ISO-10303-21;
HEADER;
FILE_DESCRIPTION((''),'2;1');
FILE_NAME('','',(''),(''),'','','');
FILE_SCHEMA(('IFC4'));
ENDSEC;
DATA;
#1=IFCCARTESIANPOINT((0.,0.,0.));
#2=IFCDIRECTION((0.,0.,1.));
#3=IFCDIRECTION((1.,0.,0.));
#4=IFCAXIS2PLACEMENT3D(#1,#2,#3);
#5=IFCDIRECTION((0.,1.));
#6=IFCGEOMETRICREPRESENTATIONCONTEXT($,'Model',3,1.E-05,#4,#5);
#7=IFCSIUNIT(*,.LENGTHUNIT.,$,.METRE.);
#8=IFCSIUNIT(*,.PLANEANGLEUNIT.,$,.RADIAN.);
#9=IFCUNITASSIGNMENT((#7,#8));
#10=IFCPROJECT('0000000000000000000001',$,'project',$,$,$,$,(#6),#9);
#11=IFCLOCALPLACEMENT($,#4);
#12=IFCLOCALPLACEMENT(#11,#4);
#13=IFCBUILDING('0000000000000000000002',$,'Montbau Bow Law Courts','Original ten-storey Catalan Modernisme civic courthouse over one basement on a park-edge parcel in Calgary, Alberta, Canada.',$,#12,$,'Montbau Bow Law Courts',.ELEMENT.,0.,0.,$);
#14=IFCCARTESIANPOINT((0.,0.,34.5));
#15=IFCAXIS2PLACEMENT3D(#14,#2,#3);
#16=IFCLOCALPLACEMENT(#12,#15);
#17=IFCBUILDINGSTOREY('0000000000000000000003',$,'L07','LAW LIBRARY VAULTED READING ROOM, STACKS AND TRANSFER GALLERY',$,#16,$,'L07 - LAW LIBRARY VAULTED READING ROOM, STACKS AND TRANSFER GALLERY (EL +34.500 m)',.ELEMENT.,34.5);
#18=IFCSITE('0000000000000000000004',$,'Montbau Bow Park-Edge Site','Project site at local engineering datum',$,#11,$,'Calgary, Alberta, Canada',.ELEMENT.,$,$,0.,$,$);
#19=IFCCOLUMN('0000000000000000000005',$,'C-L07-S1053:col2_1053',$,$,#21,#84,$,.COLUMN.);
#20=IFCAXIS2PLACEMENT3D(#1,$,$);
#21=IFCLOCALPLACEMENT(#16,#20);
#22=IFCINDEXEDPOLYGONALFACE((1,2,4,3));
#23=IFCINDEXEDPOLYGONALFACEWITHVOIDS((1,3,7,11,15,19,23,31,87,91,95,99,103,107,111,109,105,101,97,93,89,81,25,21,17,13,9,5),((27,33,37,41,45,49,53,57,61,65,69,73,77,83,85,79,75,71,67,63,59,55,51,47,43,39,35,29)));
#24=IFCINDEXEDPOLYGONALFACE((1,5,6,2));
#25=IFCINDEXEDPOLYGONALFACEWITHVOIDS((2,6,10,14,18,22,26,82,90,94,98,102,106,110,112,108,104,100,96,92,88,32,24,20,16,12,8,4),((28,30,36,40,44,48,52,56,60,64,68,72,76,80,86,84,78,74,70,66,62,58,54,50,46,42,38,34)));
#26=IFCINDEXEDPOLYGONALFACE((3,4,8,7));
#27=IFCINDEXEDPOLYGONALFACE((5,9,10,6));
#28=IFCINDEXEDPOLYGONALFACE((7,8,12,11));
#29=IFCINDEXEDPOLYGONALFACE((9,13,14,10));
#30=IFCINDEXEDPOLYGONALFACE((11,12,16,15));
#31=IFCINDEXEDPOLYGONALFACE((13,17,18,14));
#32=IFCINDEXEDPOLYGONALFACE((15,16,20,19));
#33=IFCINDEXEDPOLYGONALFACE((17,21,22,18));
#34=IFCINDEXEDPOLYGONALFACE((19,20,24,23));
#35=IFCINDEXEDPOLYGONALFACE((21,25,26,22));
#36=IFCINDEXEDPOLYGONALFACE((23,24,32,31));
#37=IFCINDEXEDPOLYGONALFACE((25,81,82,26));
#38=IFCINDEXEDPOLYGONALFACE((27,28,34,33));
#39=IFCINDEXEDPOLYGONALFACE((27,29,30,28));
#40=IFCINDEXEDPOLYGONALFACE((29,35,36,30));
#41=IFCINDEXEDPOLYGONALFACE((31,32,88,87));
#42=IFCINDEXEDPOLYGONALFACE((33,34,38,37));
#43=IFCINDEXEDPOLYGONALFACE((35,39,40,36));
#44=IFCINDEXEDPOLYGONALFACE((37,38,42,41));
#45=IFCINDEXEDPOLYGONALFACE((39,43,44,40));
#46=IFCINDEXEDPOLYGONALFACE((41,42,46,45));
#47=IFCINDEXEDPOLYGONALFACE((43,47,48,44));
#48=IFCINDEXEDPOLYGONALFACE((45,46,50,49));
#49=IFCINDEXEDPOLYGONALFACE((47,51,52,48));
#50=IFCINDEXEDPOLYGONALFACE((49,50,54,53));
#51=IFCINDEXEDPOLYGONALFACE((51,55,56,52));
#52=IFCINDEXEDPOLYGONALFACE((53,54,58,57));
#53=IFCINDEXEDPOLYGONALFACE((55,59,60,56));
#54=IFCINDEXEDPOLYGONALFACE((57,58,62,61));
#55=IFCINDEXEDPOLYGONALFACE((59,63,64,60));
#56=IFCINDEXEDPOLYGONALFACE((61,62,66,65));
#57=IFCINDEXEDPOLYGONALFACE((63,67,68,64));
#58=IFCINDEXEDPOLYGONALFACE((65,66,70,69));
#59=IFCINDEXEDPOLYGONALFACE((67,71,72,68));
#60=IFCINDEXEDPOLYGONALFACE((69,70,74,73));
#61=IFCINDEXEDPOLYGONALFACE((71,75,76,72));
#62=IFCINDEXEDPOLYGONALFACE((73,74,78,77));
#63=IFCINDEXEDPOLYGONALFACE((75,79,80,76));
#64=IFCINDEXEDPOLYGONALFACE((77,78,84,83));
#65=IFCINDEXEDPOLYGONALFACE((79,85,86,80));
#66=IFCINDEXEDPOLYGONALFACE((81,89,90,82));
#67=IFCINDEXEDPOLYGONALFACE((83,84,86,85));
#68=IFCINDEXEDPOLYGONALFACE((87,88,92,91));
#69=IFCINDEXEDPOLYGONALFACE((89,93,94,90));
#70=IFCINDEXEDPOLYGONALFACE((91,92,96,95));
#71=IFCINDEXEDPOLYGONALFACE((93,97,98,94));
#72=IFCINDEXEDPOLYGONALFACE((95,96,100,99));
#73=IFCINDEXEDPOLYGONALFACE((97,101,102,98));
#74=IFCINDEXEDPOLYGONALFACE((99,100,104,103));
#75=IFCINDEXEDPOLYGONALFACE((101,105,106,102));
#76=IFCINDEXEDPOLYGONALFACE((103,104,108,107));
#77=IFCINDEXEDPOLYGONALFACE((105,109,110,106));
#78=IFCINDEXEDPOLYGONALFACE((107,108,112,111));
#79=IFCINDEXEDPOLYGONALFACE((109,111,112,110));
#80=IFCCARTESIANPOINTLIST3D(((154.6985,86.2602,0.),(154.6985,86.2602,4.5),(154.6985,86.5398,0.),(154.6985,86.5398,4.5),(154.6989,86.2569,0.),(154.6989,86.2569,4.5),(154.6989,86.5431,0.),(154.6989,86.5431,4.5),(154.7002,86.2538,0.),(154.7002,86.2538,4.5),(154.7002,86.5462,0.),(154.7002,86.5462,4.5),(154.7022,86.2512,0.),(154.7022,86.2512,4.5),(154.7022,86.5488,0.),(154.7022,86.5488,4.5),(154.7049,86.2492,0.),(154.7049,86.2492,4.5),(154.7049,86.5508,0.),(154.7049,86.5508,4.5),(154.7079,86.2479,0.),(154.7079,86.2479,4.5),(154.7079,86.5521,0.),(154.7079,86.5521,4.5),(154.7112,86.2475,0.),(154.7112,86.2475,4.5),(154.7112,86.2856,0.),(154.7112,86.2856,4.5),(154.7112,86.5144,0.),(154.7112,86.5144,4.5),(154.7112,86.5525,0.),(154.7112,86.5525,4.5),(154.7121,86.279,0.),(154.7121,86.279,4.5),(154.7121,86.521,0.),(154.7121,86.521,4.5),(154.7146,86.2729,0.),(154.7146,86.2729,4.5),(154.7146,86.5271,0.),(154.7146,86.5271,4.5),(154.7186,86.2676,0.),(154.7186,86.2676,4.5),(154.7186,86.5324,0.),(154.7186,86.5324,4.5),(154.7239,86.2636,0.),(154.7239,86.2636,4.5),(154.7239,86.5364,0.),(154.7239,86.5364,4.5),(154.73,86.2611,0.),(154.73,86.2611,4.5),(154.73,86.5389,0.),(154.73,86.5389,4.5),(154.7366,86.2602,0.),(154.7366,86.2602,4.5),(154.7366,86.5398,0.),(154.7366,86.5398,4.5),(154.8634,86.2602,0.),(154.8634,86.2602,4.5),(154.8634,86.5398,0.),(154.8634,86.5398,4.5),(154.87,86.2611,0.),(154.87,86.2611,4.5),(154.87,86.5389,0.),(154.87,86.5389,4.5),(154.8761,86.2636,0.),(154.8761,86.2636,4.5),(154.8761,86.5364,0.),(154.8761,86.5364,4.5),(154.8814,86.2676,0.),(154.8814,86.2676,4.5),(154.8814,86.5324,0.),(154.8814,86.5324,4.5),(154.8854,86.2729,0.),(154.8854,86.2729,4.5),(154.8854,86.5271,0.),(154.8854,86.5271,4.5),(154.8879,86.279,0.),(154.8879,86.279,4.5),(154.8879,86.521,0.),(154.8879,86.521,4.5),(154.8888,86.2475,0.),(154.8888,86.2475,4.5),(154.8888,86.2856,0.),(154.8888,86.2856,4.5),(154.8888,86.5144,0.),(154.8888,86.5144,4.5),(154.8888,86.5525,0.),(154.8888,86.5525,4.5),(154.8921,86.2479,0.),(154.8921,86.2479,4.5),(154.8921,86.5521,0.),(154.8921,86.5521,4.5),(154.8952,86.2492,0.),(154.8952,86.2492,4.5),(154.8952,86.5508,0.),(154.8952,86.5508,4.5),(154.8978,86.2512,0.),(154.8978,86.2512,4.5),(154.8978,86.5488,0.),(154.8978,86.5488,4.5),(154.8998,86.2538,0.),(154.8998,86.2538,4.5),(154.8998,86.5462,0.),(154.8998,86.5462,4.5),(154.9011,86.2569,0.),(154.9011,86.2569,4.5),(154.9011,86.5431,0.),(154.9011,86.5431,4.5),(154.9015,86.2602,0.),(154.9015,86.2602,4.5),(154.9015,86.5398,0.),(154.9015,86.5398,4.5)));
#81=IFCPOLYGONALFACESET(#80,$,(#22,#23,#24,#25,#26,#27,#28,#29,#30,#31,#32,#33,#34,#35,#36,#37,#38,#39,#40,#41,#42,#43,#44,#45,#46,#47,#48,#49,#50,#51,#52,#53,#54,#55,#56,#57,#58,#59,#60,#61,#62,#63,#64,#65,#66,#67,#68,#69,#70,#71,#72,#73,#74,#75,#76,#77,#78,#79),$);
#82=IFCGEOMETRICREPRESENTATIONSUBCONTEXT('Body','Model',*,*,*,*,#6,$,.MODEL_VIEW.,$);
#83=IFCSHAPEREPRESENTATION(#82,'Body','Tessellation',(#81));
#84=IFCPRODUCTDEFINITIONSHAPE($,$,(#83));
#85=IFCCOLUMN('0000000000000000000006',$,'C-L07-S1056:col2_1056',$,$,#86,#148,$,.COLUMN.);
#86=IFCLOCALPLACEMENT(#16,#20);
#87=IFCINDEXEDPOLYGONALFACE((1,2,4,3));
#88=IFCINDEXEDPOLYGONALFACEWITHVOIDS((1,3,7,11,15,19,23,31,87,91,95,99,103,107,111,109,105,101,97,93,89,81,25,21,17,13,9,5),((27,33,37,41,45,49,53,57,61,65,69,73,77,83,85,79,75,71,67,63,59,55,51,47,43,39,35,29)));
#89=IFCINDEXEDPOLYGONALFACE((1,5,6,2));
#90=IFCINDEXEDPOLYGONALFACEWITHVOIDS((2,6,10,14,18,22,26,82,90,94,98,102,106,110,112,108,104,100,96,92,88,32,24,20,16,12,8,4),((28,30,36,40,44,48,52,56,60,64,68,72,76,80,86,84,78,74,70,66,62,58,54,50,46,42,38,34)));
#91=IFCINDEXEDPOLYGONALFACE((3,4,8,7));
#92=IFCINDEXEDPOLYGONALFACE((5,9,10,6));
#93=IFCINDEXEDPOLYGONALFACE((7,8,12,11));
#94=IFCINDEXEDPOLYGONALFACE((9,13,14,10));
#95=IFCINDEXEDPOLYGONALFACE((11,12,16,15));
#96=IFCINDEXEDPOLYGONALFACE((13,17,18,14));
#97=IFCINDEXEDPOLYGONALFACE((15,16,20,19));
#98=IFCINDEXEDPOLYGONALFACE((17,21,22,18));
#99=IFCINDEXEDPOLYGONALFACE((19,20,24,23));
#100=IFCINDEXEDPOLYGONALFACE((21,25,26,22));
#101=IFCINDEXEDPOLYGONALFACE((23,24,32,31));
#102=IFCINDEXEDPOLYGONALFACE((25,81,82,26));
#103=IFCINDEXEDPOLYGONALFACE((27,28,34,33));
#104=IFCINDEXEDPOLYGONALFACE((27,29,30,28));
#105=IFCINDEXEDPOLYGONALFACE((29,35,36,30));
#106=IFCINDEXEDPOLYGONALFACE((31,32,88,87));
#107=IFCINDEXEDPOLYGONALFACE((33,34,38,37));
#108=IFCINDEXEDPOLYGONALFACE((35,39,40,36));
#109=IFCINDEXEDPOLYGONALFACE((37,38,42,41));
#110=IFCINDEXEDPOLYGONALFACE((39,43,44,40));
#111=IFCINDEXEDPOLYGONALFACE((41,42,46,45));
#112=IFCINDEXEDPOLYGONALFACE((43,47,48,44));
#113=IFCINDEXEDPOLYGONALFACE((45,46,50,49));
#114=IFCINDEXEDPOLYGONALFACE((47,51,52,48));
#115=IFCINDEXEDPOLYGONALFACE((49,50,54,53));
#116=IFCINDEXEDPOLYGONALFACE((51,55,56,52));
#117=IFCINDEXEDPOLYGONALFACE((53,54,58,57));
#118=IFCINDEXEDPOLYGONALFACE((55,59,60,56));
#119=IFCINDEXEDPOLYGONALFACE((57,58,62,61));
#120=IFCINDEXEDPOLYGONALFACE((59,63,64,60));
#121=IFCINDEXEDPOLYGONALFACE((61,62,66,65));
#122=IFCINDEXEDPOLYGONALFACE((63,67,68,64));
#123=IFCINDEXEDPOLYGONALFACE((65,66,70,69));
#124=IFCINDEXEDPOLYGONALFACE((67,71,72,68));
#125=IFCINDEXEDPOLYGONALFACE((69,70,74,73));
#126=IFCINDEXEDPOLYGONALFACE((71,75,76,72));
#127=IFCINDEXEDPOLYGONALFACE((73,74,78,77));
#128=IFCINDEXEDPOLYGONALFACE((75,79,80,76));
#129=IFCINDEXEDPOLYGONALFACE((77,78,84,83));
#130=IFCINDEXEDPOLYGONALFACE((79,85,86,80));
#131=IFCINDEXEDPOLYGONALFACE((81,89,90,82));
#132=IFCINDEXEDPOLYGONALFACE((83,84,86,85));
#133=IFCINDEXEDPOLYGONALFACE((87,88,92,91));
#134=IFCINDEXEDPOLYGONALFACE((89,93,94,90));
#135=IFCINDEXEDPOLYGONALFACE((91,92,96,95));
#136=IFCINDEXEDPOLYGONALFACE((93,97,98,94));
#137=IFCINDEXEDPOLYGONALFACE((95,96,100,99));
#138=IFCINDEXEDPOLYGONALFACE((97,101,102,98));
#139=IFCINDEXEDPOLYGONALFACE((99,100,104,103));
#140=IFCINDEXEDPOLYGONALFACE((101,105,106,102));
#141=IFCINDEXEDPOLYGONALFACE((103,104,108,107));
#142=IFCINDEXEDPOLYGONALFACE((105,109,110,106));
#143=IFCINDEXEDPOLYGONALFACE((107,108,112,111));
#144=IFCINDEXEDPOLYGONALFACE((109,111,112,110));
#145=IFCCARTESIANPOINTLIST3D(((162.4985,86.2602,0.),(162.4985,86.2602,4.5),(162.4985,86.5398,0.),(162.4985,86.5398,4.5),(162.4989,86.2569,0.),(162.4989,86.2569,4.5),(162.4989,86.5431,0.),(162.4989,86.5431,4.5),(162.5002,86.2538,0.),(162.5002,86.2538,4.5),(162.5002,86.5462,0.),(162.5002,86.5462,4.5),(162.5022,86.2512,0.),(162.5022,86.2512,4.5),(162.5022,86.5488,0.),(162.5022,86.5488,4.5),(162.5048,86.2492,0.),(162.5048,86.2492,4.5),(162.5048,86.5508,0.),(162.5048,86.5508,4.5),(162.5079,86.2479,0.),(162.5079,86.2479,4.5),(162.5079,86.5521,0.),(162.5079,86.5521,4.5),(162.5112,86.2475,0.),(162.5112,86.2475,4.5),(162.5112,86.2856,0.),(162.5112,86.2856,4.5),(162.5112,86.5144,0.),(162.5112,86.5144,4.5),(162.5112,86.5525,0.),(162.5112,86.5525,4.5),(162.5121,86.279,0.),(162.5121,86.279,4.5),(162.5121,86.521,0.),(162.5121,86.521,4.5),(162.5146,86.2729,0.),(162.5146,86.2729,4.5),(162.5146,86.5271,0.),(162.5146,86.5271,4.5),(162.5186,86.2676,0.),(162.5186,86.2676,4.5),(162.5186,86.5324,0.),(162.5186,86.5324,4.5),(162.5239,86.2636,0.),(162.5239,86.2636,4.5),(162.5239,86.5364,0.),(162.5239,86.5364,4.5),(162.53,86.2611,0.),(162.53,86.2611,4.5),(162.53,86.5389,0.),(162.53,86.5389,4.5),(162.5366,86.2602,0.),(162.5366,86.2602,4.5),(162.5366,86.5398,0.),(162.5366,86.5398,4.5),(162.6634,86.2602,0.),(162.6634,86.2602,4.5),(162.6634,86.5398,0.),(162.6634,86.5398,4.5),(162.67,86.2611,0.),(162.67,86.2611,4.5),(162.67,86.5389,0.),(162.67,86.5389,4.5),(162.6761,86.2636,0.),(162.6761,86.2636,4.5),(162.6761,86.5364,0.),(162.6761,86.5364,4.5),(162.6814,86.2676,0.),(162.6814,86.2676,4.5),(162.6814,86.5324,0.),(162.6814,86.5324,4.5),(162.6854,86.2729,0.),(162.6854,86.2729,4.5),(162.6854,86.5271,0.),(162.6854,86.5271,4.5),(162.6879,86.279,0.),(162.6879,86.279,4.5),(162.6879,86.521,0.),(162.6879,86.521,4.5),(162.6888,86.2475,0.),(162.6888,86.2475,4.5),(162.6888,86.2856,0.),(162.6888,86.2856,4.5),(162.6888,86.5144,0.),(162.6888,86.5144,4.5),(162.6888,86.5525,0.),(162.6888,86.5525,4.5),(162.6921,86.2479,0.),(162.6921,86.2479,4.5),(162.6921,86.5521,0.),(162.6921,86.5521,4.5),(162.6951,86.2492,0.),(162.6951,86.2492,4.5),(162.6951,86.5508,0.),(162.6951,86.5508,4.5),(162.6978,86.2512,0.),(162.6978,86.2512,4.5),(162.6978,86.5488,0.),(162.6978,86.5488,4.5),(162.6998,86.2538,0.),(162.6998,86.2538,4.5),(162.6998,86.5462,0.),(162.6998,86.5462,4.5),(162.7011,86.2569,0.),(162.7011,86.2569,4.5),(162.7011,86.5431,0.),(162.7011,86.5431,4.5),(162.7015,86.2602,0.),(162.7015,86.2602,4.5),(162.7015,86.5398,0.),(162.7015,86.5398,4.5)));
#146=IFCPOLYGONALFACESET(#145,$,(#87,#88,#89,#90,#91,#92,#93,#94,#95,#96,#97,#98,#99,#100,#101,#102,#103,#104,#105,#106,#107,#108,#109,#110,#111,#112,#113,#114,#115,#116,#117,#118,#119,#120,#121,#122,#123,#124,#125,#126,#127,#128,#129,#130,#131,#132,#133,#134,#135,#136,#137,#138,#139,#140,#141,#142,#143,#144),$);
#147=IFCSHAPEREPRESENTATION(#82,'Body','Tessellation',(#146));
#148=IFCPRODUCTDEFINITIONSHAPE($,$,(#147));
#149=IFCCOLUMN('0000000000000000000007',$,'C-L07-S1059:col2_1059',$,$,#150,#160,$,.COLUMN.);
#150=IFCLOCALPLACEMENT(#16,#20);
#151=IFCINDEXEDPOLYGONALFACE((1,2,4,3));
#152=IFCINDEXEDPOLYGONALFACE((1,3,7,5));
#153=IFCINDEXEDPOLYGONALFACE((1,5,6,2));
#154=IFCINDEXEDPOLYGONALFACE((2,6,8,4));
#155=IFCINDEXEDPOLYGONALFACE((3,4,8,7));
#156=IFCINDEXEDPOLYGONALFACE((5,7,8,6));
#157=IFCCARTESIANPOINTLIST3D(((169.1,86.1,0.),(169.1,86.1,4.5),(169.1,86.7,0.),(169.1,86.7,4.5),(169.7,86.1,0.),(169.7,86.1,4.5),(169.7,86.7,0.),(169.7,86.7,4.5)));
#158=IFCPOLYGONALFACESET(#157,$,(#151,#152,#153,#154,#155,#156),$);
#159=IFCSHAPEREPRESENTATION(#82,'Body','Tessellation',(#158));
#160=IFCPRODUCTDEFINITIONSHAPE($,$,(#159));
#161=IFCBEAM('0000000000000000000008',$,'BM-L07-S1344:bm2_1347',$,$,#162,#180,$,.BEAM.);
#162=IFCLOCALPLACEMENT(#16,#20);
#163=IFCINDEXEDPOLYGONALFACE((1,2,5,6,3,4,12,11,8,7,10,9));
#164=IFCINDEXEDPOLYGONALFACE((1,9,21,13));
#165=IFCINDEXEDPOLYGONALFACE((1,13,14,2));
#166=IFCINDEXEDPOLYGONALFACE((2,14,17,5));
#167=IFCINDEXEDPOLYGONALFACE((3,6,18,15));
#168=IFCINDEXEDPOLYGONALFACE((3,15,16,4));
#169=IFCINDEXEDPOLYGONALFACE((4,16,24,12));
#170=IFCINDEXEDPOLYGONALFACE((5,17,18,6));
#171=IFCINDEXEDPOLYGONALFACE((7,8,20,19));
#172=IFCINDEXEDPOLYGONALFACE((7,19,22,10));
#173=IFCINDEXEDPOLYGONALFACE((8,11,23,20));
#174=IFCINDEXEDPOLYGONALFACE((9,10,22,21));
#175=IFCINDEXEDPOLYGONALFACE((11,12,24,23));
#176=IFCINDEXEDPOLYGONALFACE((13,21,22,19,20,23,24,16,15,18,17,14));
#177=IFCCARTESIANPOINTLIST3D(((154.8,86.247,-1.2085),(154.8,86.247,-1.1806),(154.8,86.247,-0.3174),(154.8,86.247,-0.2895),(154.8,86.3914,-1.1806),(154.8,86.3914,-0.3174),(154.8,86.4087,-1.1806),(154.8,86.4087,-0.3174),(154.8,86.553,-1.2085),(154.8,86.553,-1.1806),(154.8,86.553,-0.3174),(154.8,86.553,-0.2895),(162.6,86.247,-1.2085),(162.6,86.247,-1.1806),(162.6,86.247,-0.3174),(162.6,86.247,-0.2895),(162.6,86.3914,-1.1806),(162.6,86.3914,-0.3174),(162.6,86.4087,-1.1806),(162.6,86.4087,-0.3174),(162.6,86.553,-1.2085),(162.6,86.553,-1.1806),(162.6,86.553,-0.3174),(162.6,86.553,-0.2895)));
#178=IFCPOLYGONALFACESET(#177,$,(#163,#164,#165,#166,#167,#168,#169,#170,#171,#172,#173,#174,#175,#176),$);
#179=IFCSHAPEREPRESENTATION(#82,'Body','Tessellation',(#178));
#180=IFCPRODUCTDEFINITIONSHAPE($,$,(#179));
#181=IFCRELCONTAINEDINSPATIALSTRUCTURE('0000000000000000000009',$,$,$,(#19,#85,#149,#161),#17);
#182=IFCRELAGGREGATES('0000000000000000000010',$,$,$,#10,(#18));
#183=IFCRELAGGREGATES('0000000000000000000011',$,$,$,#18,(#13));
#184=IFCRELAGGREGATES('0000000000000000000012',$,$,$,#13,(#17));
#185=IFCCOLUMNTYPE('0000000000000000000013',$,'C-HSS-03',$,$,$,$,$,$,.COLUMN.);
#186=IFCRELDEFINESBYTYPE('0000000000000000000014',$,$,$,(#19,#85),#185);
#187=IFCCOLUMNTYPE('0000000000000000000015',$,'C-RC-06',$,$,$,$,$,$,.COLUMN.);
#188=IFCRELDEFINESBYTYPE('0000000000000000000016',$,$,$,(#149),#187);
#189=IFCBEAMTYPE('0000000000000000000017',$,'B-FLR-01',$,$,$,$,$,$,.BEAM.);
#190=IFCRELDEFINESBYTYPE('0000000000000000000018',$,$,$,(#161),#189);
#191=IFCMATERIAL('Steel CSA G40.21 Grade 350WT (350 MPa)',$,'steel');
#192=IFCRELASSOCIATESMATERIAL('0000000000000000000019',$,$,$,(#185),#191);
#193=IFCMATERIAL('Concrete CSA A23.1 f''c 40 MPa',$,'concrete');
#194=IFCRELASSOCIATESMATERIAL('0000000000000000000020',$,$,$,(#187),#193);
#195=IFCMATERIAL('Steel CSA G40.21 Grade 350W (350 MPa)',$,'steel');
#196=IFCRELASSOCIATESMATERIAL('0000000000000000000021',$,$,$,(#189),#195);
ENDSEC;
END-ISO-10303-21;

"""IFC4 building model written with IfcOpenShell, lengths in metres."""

from ifc_helpers import new_model, si_unit, direction, frame, origin_with_axes, origin_2d_with_axis, place, context, subcontext, project, spatial, rectangle, hollow_rectangle, i_section, extrude, material, material_profile, profile_set, type_object, element, save


model = new_model("IFC4")

# Units and contexts
model_context = context("Model", 3, precision=1e-05, world=origin_with_axes(), true_north=direction((0.0, 1.0)))
body_context = subcontext(model_context, "Body", "Model", "MODEL_VIEW")
ifc_project = project(units=[si_unit("LENGTHUNIT", "METRE"), si_unit("PLANEANGLEUNIT", "RADIAN")], contexts=[model_context])

# Site, building, storey
site_placement = place(None, origin_with_axes())
site = spatial("IfcSite", under=ifc_project, at=site_placement, Name="Montbau Bow Park-Edge Site", Description="Project site at local engineering datum", LongName="Calgary, Alberta, Canada", CompositionType="ELEMENT", RefElevation=0.0)
building_placement = place(site_placement, origin_with_axes())
building = spatial("IfcBuilding", under=site, at=building_placement, Name="Montbau Bow Law Courts", Description="Original ten-storey Catalan Modernisme civic courthouse over one basement on a park-edge parcel in Calgary, Alberta, Canada.", LongName="Montbau Bow Law Courts", CompositionType="ELEMENT", ElevationOfRefHeight=0.0, ElevationOfTerrain=0.0)
storey_placement = place(building_placement, frame((0.0, 0.0, 34.5), z_axis=(0.0, 0.0, 1.0), x_axis=(1.0, 0.0, 0.0)))
storey = spatial("IfcBuildingStorey", under=building, at=storey_placement, Name="L07", Description="LAW LIBRARY VAULTED READING ROOM, STACKS AND TRANSFER GALLERY", LongName="L07 - LAW LIBRARY VAULTED READING ROOM, STACKS AND TRANSFER GALLERY (EL +34.500 m)", CompositionType="ELEMENT", Elevation=34.5)

# Columns
ifc_material_1 = material(Name="Steel CSA G40.21 Grade 350WT (350 MPa)", Category="steel")
ifc_material_profile_1 = material_profile(ifc_material_1, hollow_rectangle(XDim=0.203, YDim=0.305, WallThickness=0.0127, InnerFilletRadius=0.0254, OuterFilletRadius=0.0127, at=origin_2d_with_axis()), Name="HSS305X203X13", Category="Main", Priority=0)
ifc_profile_set_1 = profile_set([ifc_material_profile_1], Name="Steel CSA G40.21 Grade 350WT (350 MPa)")
column_type_1 = type_object("IfcColumnType", Name="C-HSS-03", PredefinedType="COLUMN", material=ifc_profile_set_1)
for number, where, z_axis, x_axis, name in (
    (1, (154.8, 86.4, 34.5), (0.0, 0.0, 1.0), (1.0, 0.0, 0.0), "C-L07-S1053:col2_1053"),
    (2, (162.6, 86.4, 34.5), (0.0, 0.0, 1.0), (1.0, 0.0, 0.0), "C-L07-S1056:col2_1056"),
):
    element("IfcColumn", number, at=place(None, frame(where, z_axis=z_axis, x_axis=x_axis)), inside=storey, type_object=column_type_1, Name=name, PredefinedType="COLUMN", context=body_context, shape_type="SweptSolid", body=[
        extrude(hollow_rectangle(XDim=0.203, YDim=0.305, WallThickness=0.0127, InnerFilletRadius=0.0254, OuterFilletRadius=0.0127, at=origin_2d_with_axis()), origin_with_axes(), (0.0, 0.0, 1.0), 4.5),
    ])
ifc_material_2 = material(Name="Concrete CSA A23.1 f'c 40 MPa", Category="concrete")
ifc_material_profile_2 = material_profile(ifc_material_2, rectangle(XDim=0.6, YDim=0.6, at=origin_2d_with_axis()), Name="RC600X600", Category="Main", Priority=0)
ifc_profile_set_2 = profile_set([ifc_material_profile_2], Name="Concrete CSA A23.1 f'c 40 MPa")
column_type_2 = type_object("IfcColumnType", Name="C-RC-06", PredefinedType="COLUMN", material=ifc_profile_set_2)
column_placement = place(None, frame((169.4, 86.4, 34.5), z_axis=(0.0, 0.0, 1.0), x_axis=(1.0, 0.0, 0.0)))
element("IfcColumn", 3, at=column_placement, inside=storey, type_object=column_type_2, Name="C-L07-S1059:col2_1059", PredefinedType="COLUMN", context=body_context, shape_type="SweptSolid", body=[
    extrude(rectangle(XDim=0.6, YDim=0.6, at=origin_2d_with_axis()), origin_with_axes(), (0.0, 0.0, 1.0), 4.5),
])

# Beam
ifc_material_3 = material(Name="Steel CSA G40.21 Grade 350W (350 MPa)", Category="steel")
ifc_material_profile_3 = material_profile(ifc_material_3, i_section(OverallWidth=0.306, OverallDepth=0.919, WebThickness=0.0173, FlangeThickness=0.0279, at=origin_2d_with_axis()), Name="W920X253", Category="Main", Priority=0)
ifc_profile_set_3 = profile_set([ifc_material_profile_3], Name="Steel CSA G40.21 Grade 350W (350 MPa)")
beam_type_1 = type_object("IfcBeamType", Name="B-FLR-01", PredefinedType="BEAM", material=ifc_profile_set_3)
beam_1_placement = place(None, frame((154.8, 86.4, 33.751), z_axis=(1.0, 0.0, 0.0), x_axis=(0.0, 1.0, 0.0)))
element("IfcBeam", 4, at=beam_1_placement, inside=storey, type_object=beam_type_1, Name="BM-L07-S1344:bm2_1347", PredefinedType="BEAM", context=body_context, shape_type="SweptSolid", body=[
    extrude(i_section(OverallWidth=0.306, OverallDepth=0.919, WebThickness=0.0173, FlangeThickness=0.0279, at=origin_2d_with_axis()), origin_with_axes(), (0.0, 0.0, 1.0), 7.8),
])

save(model, "model.ifc")
